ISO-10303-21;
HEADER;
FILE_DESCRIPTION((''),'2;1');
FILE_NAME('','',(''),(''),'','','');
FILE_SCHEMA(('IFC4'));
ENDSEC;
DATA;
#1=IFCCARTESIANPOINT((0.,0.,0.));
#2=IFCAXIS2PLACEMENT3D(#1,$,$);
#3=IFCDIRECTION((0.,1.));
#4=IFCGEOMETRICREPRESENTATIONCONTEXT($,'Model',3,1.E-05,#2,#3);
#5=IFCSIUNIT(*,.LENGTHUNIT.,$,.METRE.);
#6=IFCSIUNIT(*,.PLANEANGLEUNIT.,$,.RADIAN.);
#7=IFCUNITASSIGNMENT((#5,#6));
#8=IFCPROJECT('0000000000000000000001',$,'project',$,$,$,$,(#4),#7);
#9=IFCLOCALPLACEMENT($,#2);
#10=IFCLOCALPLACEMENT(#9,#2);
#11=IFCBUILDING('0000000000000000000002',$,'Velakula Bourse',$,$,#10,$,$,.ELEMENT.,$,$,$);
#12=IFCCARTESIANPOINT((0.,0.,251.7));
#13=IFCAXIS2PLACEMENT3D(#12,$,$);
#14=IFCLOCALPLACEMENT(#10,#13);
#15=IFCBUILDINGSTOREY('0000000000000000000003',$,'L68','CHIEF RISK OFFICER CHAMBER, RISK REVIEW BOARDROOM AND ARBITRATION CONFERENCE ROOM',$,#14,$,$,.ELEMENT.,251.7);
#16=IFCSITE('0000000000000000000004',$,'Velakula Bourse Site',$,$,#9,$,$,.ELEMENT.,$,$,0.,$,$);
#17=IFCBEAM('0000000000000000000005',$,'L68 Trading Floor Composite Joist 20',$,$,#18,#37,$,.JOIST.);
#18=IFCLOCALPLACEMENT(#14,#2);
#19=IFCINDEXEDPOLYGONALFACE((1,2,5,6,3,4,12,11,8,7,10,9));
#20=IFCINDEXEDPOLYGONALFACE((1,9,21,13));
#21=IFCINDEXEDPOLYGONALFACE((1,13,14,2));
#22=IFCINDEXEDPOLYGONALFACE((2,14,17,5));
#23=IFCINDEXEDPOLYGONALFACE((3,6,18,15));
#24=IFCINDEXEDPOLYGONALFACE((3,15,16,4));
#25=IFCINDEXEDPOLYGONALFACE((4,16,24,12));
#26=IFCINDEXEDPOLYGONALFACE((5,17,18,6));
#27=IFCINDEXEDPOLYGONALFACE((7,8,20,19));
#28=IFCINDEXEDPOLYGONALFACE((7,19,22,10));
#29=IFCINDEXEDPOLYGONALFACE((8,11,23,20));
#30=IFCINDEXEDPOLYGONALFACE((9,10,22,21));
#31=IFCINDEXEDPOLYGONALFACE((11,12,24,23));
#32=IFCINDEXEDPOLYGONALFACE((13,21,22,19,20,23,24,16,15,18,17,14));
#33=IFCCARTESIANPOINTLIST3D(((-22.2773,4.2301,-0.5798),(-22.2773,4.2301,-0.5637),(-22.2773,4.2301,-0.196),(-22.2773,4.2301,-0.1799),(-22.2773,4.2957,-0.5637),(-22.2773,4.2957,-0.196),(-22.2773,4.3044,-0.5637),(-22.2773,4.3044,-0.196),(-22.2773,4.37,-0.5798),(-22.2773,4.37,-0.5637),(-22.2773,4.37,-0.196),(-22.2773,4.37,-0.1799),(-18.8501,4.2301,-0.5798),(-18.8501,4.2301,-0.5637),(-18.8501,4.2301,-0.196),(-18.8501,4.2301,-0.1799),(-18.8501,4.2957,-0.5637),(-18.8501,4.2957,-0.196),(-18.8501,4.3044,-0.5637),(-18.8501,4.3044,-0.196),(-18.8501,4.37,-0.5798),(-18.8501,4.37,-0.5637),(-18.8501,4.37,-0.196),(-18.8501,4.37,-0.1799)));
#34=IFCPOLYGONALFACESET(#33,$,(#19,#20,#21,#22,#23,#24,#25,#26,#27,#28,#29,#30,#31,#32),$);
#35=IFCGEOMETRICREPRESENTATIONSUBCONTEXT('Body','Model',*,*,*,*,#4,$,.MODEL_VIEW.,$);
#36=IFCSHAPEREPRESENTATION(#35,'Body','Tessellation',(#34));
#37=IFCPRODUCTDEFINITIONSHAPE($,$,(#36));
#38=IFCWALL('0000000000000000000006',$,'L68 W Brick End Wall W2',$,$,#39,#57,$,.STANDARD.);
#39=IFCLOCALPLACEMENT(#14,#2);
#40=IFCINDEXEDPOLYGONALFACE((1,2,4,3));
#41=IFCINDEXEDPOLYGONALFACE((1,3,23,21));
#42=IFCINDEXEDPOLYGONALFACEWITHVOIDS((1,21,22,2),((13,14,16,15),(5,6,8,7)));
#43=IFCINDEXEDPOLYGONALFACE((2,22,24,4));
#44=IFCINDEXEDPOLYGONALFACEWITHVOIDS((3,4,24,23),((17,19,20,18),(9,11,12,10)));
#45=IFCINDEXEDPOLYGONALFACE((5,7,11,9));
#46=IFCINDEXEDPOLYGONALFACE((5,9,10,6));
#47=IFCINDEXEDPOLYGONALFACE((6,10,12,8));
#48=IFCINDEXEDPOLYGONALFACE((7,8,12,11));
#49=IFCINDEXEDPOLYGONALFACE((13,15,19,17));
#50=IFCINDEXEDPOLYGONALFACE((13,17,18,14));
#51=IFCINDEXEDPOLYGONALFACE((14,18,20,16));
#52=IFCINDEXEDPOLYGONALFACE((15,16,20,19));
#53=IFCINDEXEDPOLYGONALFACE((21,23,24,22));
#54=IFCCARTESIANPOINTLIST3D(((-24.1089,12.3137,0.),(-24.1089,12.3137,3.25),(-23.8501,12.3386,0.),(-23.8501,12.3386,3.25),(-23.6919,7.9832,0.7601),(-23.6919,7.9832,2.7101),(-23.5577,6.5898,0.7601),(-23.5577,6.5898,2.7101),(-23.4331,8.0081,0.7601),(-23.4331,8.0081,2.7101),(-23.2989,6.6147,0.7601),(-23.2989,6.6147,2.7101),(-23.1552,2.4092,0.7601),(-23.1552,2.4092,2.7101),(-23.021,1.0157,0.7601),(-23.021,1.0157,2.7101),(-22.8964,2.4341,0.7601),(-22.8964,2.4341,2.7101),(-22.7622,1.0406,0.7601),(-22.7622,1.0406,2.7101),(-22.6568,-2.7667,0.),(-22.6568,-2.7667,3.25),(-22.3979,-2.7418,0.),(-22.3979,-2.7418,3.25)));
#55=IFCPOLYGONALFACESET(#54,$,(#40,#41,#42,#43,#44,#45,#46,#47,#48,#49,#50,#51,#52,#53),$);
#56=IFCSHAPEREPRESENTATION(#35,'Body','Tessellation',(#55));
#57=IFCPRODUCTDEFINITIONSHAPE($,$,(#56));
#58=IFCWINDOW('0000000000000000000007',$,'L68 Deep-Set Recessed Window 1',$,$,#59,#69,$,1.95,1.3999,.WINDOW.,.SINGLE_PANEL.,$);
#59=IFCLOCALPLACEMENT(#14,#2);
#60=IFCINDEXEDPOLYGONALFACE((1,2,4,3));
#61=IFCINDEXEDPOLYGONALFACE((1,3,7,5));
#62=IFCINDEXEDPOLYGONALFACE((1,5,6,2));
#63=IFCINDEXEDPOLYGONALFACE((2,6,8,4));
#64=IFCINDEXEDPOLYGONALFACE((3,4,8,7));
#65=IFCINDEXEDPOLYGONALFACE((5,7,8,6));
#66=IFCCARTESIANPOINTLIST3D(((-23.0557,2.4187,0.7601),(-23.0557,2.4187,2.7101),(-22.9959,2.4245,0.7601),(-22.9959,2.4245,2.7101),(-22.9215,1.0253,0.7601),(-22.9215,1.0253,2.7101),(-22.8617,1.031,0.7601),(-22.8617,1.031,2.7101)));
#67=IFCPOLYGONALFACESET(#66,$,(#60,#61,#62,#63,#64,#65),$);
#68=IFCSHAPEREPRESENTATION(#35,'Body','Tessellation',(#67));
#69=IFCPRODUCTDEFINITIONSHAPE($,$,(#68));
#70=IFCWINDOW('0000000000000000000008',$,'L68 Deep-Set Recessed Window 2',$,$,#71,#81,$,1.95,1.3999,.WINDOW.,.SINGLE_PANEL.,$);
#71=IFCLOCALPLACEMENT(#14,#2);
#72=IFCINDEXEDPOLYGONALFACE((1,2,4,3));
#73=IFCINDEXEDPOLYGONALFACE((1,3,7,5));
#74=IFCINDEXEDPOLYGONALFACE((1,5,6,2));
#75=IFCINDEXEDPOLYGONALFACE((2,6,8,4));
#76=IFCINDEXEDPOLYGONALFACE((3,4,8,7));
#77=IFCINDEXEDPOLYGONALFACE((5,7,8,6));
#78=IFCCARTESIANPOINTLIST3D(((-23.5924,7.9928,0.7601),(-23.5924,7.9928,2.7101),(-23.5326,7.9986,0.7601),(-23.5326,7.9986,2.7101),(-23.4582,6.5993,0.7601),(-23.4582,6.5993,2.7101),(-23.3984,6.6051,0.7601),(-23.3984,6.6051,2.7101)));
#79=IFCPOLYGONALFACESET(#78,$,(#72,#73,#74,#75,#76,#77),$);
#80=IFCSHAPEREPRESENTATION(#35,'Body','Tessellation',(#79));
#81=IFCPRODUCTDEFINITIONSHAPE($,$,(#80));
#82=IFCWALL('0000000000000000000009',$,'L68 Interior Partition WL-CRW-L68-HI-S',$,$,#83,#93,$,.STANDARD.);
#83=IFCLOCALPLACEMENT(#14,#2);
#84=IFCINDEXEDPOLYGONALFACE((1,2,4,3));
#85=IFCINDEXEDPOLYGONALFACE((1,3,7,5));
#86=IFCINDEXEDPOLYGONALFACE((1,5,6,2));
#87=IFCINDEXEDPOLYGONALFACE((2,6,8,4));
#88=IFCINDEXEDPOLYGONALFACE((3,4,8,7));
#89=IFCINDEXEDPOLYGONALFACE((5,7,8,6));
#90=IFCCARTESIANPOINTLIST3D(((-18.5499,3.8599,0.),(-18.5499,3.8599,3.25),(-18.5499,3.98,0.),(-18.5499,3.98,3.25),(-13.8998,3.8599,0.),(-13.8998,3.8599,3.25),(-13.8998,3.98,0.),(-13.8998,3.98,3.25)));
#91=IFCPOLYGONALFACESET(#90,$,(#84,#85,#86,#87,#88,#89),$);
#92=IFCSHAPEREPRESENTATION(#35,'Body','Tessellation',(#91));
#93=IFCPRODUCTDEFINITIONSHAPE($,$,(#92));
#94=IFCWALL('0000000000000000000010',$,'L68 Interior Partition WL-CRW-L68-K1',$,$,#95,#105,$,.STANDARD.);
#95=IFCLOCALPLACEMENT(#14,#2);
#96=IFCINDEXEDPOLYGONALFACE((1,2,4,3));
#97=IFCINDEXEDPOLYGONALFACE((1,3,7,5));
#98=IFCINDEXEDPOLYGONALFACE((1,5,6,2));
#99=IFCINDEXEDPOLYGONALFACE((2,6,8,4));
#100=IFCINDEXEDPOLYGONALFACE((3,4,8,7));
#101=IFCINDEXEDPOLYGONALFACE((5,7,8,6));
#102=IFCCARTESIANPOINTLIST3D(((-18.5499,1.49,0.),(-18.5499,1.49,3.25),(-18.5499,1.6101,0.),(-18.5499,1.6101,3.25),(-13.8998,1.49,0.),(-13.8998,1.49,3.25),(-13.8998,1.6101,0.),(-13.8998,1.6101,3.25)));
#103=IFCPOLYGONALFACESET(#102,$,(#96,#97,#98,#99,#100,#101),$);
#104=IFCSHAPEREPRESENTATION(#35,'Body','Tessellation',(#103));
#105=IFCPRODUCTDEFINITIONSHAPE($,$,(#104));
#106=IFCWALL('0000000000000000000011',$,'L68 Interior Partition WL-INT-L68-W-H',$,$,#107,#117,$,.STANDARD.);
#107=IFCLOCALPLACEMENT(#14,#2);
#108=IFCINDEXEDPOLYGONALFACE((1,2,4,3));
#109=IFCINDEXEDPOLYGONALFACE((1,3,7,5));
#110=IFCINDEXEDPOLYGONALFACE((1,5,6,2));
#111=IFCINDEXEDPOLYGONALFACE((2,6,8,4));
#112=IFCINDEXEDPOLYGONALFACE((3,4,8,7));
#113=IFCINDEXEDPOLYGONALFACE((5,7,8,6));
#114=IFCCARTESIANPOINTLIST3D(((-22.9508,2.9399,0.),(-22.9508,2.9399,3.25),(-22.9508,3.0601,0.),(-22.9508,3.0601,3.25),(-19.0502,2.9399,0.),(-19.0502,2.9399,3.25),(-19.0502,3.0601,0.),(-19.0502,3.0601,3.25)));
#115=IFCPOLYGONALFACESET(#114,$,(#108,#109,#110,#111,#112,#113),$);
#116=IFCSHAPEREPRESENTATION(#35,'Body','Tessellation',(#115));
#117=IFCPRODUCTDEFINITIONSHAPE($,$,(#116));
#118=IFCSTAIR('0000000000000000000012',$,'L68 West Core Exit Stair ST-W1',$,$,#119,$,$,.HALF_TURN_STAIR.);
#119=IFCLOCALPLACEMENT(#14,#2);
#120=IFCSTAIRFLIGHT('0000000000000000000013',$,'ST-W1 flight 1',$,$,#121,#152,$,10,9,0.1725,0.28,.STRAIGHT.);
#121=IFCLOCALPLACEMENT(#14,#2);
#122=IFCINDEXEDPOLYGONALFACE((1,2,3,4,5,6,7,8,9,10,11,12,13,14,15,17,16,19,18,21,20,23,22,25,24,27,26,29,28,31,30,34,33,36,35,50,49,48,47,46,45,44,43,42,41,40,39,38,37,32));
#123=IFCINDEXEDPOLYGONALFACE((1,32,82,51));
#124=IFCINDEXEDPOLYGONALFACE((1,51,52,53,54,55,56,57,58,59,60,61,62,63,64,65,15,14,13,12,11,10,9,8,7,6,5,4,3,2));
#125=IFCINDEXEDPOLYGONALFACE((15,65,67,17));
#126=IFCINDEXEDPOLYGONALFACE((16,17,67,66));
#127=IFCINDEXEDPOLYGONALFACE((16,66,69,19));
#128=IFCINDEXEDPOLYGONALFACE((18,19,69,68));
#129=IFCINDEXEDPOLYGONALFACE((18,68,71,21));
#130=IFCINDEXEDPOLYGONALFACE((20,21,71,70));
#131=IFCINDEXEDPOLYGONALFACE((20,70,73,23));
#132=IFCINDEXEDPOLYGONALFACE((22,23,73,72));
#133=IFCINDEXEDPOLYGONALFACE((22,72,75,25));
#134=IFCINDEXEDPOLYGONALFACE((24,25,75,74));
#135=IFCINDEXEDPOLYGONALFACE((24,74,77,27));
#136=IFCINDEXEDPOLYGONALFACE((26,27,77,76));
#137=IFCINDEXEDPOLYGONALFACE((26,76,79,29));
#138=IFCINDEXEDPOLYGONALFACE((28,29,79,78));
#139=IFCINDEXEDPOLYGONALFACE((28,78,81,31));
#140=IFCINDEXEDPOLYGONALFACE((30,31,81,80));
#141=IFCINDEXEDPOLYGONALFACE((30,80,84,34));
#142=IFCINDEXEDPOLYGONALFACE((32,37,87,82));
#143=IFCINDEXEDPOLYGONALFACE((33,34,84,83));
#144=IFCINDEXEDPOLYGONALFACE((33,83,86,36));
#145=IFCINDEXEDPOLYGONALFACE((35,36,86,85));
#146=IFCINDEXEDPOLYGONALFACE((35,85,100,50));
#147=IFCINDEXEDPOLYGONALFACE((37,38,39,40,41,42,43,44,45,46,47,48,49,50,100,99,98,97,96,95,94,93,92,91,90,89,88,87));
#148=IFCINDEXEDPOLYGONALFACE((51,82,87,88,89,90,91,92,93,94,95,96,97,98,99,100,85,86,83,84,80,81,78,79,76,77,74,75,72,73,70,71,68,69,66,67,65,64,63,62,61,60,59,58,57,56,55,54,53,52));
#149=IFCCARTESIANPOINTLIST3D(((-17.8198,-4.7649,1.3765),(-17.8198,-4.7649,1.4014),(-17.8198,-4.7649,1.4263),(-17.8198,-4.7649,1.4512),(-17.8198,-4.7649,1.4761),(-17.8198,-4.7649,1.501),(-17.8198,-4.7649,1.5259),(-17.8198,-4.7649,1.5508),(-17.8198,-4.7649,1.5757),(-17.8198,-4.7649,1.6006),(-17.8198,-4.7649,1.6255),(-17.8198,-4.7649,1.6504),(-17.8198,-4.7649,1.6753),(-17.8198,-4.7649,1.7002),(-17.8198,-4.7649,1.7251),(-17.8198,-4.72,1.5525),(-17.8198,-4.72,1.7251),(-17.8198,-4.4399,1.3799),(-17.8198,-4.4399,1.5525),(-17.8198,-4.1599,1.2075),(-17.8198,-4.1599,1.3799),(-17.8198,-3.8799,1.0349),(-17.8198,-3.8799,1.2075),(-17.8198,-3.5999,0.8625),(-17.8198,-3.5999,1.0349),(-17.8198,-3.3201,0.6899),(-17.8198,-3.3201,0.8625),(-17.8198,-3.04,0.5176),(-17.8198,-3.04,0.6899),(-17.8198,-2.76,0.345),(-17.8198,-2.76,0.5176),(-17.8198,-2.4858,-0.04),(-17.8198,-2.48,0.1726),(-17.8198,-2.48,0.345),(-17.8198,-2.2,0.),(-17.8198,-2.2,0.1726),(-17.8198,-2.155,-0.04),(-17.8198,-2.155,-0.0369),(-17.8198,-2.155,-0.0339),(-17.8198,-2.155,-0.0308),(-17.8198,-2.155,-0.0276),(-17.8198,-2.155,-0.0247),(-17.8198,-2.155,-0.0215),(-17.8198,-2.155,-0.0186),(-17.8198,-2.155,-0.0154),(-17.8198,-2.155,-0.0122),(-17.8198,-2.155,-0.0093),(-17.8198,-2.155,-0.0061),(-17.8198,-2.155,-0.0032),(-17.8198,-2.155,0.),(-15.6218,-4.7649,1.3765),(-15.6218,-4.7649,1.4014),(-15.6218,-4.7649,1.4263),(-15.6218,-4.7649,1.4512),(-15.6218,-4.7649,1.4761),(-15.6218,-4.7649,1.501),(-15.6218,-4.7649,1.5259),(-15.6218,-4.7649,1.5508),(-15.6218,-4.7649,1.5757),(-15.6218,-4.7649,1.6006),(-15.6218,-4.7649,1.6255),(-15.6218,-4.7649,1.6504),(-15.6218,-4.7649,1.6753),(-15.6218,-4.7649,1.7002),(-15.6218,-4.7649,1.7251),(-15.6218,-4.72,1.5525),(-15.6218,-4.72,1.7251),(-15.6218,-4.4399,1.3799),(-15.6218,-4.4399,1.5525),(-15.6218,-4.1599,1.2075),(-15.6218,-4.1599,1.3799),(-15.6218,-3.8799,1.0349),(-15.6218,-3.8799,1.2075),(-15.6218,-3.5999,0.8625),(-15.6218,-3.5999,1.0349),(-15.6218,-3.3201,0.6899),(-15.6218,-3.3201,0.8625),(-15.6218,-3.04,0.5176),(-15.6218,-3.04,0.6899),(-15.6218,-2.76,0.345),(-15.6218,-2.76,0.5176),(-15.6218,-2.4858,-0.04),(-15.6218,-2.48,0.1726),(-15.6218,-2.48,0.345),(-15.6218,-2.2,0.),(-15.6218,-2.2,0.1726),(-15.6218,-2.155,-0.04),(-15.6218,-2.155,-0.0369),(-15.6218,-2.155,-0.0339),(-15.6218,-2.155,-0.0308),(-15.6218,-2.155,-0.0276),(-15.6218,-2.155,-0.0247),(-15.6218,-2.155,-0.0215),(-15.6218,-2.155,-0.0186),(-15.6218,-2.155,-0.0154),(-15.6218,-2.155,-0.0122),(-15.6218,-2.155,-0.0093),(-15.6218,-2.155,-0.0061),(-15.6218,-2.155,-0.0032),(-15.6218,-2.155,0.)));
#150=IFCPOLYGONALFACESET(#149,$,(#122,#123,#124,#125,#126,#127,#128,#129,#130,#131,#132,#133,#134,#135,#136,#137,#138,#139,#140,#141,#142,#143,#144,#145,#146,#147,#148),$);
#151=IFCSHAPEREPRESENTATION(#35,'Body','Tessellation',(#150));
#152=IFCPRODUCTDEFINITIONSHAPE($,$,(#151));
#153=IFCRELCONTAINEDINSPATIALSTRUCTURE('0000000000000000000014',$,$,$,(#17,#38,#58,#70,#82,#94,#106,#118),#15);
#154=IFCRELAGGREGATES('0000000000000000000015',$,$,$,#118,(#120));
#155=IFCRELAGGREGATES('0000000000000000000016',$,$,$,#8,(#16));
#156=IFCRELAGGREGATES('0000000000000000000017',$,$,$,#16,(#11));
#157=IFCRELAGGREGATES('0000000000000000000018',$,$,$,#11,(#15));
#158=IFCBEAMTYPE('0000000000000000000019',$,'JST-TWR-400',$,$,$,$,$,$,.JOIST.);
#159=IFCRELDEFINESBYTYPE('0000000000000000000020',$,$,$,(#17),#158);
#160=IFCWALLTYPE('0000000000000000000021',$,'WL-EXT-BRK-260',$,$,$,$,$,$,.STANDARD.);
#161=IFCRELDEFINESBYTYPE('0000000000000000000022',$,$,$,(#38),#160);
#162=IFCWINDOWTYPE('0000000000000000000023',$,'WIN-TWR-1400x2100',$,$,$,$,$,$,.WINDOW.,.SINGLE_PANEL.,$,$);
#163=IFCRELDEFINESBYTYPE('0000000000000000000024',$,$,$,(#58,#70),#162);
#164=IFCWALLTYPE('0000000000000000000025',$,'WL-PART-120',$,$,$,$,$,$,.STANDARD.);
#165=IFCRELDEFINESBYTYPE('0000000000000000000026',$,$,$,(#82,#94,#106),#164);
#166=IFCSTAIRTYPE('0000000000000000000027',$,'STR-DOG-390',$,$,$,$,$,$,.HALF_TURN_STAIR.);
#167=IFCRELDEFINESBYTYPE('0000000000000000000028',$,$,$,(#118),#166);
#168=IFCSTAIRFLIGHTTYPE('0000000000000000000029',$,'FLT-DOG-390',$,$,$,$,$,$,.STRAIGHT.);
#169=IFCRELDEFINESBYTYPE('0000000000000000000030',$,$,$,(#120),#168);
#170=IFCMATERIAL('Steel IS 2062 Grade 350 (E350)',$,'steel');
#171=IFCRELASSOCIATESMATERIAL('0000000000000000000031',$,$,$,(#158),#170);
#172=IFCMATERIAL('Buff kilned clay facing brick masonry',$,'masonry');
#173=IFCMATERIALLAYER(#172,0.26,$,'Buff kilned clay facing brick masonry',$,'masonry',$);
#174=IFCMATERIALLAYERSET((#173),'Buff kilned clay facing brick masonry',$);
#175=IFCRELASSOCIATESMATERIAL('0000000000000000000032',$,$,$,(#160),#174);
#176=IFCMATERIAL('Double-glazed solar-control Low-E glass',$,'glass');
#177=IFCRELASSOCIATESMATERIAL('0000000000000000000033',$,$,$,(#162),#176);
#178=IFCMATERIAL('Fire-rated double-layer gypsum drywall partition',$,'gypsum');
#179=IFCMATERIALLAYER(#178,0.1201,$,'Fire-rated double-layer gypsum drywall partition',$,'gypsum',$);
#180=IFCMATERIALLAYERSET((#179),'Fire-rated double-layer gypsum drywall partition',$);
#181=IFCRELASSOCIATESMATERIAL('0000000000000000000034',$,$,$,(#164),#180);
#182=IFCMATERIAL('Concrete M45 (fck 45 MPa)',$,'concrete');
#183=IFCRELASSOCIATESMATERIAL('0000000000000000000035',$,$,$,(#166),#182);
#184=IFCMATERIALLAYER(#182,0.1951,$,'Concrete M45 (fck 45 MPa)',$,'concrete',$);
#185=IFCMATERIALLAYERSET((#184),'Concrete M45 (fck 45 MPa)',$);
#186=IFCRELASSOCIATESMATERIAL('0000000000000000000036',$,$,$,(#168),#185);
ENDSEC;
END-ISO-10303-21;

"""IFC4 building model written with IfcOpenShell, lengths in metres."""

from ifc_helpers import new_model, si_unit, direction, frame, frame_2d, origin, origin_2d, place, context, subcontext, project, spatial, polyline, rectangle, i_section, outline, extrude, material, layer, layer_set, material_profile, profile_set, type_object, element, fill, aggregate, save


model = new_model("IFC4")

# Units and contexts
model_context = context("Model", 3, precision=1e-05, world=origin(), true_north=direction((0.0, 1.0)))
body_context = subcontext(model_context, "Body", "Model", "MODEL_VIEW")
ifc_project = project(units=[si_unit("LENGTHUNIT", "METRE"), si_unit("PLANEANGLEUNIT", "RADIAN")], contexts=[model_context])

# Site, building, storey
site_placement = place(None, origin())
site = spatial("IfcSite", under=ifc_project, at=site_placement, Name="Velakula Bourse Site", CompositionType="ELEMENT", RefElevation=0.0)
building_placement = place(site_placement, origin())
building = spatial("IfcBuilding", under=site, at=building_placement, Name="Velakula Bourse", CompositionType="ELEMENT")
storey_placement = place(building_placement, frame((0.0, 0.0, 251.7)))
storey = spatial("IfcBuildingStorey", under=building, at=storey_placement, Name="L68", Description="CHIEF RISK OFFICER CHAMBER, RISK REVIEW BOARDROOM AND ARBITRATION CONFERENCE ROOM", CompositionType="ELEMENT", Elevation=251.7)

# Shared definitions
ifc_material_1 = material(Name="Steel IS 2062 Grade 350 (E350)", Category="steel")

# Beam
ifc_material_profile_1 = material_profile(ifc_material_1, i_section(OverallWidth=0.1399, OverallDepth=0.3999, WebThickness=0.0088, FlangeThickness=0.0161, at=origin_2d()), Name="Steel IS 2062 Grade 350 (E350)")
ifc_profile_set_1 = profile_set([ifc_material_profile_1], Name="Steel IS 2062 Grade 350 (E350)")
beam_type_1 = type_object("IfcBeamType", Name="JST-TWR-400", PredefinedType="JOIST", material=ifc_profile_set_1)
beam_1_placement = place(storey_placement, frame((-22.2773, 4.3, -0.3799), z_axis=(1.0, 0.0, 0.0), x_axis=(0.0, 1.0, 0.0)))
element("IfcBeam", 1, at=beam_1_placement, inside=storey, type_object=beam_type_1, Name="L68 Trading Floor Composite Joist 20", PredefinedType="JOIST", context=body_context, shape_type="SweptSolid", body=[
    extrude(i_section(OverallWidth=0.1399, OverallDepth=0.3999, WebThickness=0.0088, FlangeThickness=0.0161, at=origin_2d()), origin(), (0.0, 0.0, 1.0), 3.4272),
])

# Wall, openings, windows
ifc_material_2 = material(Name="Buff kilned clay facing brick masonry", Category="masonry")
ifc_layer_1 = layer(ifc_material_2, 0.26, Name="Buff kilned clay facing brick masonry", Category="masonry")
ifc_layer_set_1 = layer_set([ifc_layer_1], Name="Buff kilned clay facing brick masonry")
wall_type_1 = type_object("IfcWallType", Name="WL-EXT-BRK-260", PredefinedType="STANDARD", material=ifc_layer_set_1)
wall_1_placement = place(storey_placement, frame((-22.5273, -2.7544, 0.0), z_axis=(0.0, 0.0, 1.0), x_axis=(-0.095851, 0.995396, 0.0)))
wall_1 = element("IfcWall", 2, at=wall_1_placement, inside=storey, type_object=wall_type_1, Name="L68 W Brick End Wall W2", PredefinedType="STANDARD", context=body_context, shape_type="SweptSolid", body=[
    extrude(rectangle(XDim=15.1501, YDim=0.26, at=frame_2d((7.5752, 0.0))), origin(), (0.0, 0.0, 1.0), 3.25),
])
opening_1_placement = place(wall_1_placement, frame((3.8, 0.0, 0.76)))
opening_1 = element("IfcOpeningElement", 3, at=opening_1_placement, cuts=wall_1, PredefinedType="OPENING", context=body_context, shape_type="SweptSolid", body=[
    extrude(rectangle(XDim=1.3999, YDim=1.95, at=frame_2d((0.7, 0.9751))), frame((0.0, 0.1399, 0.0), z_axis=(0.0, -1.0, 0.0), x_axis=(1.0, 0.0, 0.0)), (0.0, 0.0, 1.0), 0.28),
])
opening_2_placement = place(wall_1_placement, frame((9.3999, 0.0, 0.76)))
opening_2 = element("IfcOpeningElement", 4, at=opening_2_placement, cuts=wall_1, PredefinedType="OPENING", context=body_context, shape_type="SweptSolid", body=[
    extrude(rectangle(XDim=1.3999, YDim=1.95, at=frame_2d((0.7, 0.9751))), frame((0.0, 0.1399, 0.0), z_axis=(0.0, -1.0, 0.0), x_axis=(1.0, 0.0, 0.0)), (0.0, 0.0, 1.0), 0.28),
])
ifc_material_3 = material(Name="Double-glazed solar-control Low-E glass", Category="glass")
window_type = type_object("IfcWindowType", Name="WIN-TWR-1400x2100", PartitioningType="SINGLE_PANEL", PredefinedType="WINDOW", material=ifc_material_3)
window_1_placement = place(opening_1_placement, origin())
window_1 = element("IfcWindow", 5, at=window_1_placement, inside=storey, type_object=window_type, Name="L68 Deep-Set Recessed Window 1", OverallHeight=1.95, OverallWidth=1.3999, PartitioningType="SINGLE_PANEL", PredefinedType="WINDOW", context=body_context, shape_type="SweptSolid", body=[
    extrude(rectangle(XDim=1.3999, YDim=1.95, at=frame_2d((0.7, 0.9751))), frame((0.0, 0.03, 0.0), z_axis=(0.0, -1.0, 0.0), x_axis=(1.0, 0.0, 0.0)), (0.0, 0.0, 1.0), 0.0601),
])
fill(opening_1, window_1)
window_2_placement = place(opening_2_placement, origin())
window_2 = element("IfcWindow", 6, at=window_2_placement, inside=storey, type_object=window_type, Name="L68 Deep-Set Recessed Window 2", OverallHeight=1.95, OverallWidth=1.3999, PartitioningType="SINGLE_PANEL", PredefinedType="WINDOW", context=body_context, shape_type="SweptSolid", body=[
    extrude(rectangle(XDim=1.3999, YDim=1.95, at=frame_2d((0.7, 0.9751))), frame((0.0, 0.03, 0.0), z_axis=(0.0, -1.0, 0.0), x_axis=(1.0, 0.0, 0.0)), (0.0, 0.0, 1.0), 0.0601),
])
fill(opening_2, window_2)

# Walls
ifc_material_4 = material(Name="Fire-rated double-layer gypsum drywall partition", Category="gypsum")
ifc_layer_2 = layer(ifc_material_4, 0.1201, Name="Fire-rated double-layer gypsum drywall partition", Category="gypsum")
ifc_layer_set_2 = layer_set([ifc_layer_2], Name="Fire-rated double-layer gypsum drywall partition")
wall_type_2 = type_object("IfcWallType", Name="WL-PART-120", PredefinedType="STANDARD", material=ifc_layer_set_2)
for number, where, z_axis, x_axis, name in (
    (7, (-18.55, 3.9199, 0.0), (0.0, 0.0, 1.0), (1.0, 0.0, 0.0), "L68 Interior Partition WL-CRW-L68-HI-S"),
    (8, (-18.55, 1.55, 0.0), (0.0, 0.0, 1.0), (1.0, 0.0, 0.0), "L68 Interior Partition WL-CRW-L68-K1"),
):
    element("IfcWall", number, at=place(storey_placement, frame(where, z_axis=z_axis, x_axis=x_axis)), inside=storey, type_object=wall_type_2, Name=name, PredefinedType="STANDARD", context=body_context, shape_type="SweptSolid", body=[
        extrude(rectangle(XDim=4.6501, YDim=0.1201, at=frame_2d((2.3252, 0.0))), origin(), (0.0, 0.0, 1.0), 3.25),
    ])
wall_2_placement = place(storey_placement, frame((-22.9507, 3.0, 0.0), z_axis=(0.0, 0.0, 1.0), x_axis=(1.0, 0.0, 0.0)))
element("IfcWall", 9, at=wall_2_placement, inside=storey, type_object=wall_type_2, Name="L68 Interior Partition WL-INT-L68-W-H", PredefinedType="STANDARD", context=body_context, shape_type="SweptSolid", body=[
    extrude(rectangle(XDim=3.9006, YDim=0.1201, at=frame_2d((1.9502, 0.0))), origin(), (0.0, 0.0, 1.0), 3.25),
])

# Stair, stair flight
ifc_material_5 = material(Name="Concrete M45 (fck 45 MPa)", Category="concrete")
stair_type = type_object("IfcStairType", Name="STR-DOG-390", PredefinedType="HALF_TURN_STAIR", material=ifc_material_5)
stair_placement = place(storey_placement, origin())
stair = element("IfcStair", 10, at=stair_placement, inside=storey, type_object=stair_type, Name="L68 West Core Exit Stair ST-W1", PredefinedType="HALF_TURN_STAIR")
ifc_layer_3 = layer(ifc_material_5, 0.1951, Name="Concrete M45 (fck 45 MPa)", Category="concrete")
ifc_layer_set_3 = layer_set([ifc_layer_3], Name="Concrete M45 (fck 45 MPa)")
stair_flight_type = type_object("IfcStairFlightType", Name="FLT-DOG-390", PredefinedType="STRAIGHT", material=ifc_layer_set_3)
stair_flight_placement = place(storey_placement, frame((-16.7209, -2.2, 0.0), z_axis=(0.0, 0.0, 1.0), x_axis=(0.0, -1.0, 0.0)))
stair_flight = element("IfcStairFlight", 11, at=stair_flight_placement, type_object=stair_flight_type, Name="ST-W1 flight 1", NumberOfRisers=10, NumberOfTreads=9, PredefinedType="STRAIGHT", RiserHeight=0.1725, TreadLength=0.28, context=body_context, shape_type="SweptSolid", body=[
    extrude(outline(polyline([(-0.0449, -0.04), (-0.0449, -0.0369), (-0.0449, -0.0339), (-0.0449, -0.0308), (-0.0449, -0.0276), (-0.0449, -0.0247), (-0.0449, -0.0215), (-0.0449, -0.0186), (-0.0449, -0.0154), (-0.0449, -0.0122), (-0.0449, -0.0093), (-0.0449, -0.0061), (-0.0449, -0.0032), (-0.0449, 0.0), (0.0, 0.0), (0.0, 0.1726), (0.28, 0.1726), (0.28, 0.345), (0.5601, 0.345), (0.5601, 0.5176), (0.8401, 0.5176), (0.8401, 0.6899), (1.1201, 0.6899), (1.1201, 0.8625), (1.3999, 0.8625), (1.3999, 1.0349), (1.6799, 1.0349), (1.6799, 1.2075), (1.96, 1.2075), (1.96, 1.3799), (2.24, 1.3799), (2.24, 1.5525), (2.52, 1.5525), (2.52, 1.7251), (2.5649, 1.7251), (2.5649, 1.7002), (2.5649, 1.6753), (2.5649, 1.6504), (2.5649, 1.6255), (2.5649, 1.6006), (2.5649, 1.5757), (2.5649, 1.5508), (2.5649, 1.5259), (2.5649, 1.501), (2.5649, 1.4761), (2.5649, 1.4512), (2.5649, 1.4263), (2.5649, 1.4014), (2.5649, 1.3765), (0.2859, -0.04), (-0.0449, -0.04)])), frame((0.0, 1.0991, 0.0), z_axis=(0.0, -1.0, 0.0), x_axis=(1.0, 0.0, 0.0)), (0.0, 0.0, 1.0), 2.198),
])
aggregate(stair, [stair_flight])

save(model, "model.ifc")
